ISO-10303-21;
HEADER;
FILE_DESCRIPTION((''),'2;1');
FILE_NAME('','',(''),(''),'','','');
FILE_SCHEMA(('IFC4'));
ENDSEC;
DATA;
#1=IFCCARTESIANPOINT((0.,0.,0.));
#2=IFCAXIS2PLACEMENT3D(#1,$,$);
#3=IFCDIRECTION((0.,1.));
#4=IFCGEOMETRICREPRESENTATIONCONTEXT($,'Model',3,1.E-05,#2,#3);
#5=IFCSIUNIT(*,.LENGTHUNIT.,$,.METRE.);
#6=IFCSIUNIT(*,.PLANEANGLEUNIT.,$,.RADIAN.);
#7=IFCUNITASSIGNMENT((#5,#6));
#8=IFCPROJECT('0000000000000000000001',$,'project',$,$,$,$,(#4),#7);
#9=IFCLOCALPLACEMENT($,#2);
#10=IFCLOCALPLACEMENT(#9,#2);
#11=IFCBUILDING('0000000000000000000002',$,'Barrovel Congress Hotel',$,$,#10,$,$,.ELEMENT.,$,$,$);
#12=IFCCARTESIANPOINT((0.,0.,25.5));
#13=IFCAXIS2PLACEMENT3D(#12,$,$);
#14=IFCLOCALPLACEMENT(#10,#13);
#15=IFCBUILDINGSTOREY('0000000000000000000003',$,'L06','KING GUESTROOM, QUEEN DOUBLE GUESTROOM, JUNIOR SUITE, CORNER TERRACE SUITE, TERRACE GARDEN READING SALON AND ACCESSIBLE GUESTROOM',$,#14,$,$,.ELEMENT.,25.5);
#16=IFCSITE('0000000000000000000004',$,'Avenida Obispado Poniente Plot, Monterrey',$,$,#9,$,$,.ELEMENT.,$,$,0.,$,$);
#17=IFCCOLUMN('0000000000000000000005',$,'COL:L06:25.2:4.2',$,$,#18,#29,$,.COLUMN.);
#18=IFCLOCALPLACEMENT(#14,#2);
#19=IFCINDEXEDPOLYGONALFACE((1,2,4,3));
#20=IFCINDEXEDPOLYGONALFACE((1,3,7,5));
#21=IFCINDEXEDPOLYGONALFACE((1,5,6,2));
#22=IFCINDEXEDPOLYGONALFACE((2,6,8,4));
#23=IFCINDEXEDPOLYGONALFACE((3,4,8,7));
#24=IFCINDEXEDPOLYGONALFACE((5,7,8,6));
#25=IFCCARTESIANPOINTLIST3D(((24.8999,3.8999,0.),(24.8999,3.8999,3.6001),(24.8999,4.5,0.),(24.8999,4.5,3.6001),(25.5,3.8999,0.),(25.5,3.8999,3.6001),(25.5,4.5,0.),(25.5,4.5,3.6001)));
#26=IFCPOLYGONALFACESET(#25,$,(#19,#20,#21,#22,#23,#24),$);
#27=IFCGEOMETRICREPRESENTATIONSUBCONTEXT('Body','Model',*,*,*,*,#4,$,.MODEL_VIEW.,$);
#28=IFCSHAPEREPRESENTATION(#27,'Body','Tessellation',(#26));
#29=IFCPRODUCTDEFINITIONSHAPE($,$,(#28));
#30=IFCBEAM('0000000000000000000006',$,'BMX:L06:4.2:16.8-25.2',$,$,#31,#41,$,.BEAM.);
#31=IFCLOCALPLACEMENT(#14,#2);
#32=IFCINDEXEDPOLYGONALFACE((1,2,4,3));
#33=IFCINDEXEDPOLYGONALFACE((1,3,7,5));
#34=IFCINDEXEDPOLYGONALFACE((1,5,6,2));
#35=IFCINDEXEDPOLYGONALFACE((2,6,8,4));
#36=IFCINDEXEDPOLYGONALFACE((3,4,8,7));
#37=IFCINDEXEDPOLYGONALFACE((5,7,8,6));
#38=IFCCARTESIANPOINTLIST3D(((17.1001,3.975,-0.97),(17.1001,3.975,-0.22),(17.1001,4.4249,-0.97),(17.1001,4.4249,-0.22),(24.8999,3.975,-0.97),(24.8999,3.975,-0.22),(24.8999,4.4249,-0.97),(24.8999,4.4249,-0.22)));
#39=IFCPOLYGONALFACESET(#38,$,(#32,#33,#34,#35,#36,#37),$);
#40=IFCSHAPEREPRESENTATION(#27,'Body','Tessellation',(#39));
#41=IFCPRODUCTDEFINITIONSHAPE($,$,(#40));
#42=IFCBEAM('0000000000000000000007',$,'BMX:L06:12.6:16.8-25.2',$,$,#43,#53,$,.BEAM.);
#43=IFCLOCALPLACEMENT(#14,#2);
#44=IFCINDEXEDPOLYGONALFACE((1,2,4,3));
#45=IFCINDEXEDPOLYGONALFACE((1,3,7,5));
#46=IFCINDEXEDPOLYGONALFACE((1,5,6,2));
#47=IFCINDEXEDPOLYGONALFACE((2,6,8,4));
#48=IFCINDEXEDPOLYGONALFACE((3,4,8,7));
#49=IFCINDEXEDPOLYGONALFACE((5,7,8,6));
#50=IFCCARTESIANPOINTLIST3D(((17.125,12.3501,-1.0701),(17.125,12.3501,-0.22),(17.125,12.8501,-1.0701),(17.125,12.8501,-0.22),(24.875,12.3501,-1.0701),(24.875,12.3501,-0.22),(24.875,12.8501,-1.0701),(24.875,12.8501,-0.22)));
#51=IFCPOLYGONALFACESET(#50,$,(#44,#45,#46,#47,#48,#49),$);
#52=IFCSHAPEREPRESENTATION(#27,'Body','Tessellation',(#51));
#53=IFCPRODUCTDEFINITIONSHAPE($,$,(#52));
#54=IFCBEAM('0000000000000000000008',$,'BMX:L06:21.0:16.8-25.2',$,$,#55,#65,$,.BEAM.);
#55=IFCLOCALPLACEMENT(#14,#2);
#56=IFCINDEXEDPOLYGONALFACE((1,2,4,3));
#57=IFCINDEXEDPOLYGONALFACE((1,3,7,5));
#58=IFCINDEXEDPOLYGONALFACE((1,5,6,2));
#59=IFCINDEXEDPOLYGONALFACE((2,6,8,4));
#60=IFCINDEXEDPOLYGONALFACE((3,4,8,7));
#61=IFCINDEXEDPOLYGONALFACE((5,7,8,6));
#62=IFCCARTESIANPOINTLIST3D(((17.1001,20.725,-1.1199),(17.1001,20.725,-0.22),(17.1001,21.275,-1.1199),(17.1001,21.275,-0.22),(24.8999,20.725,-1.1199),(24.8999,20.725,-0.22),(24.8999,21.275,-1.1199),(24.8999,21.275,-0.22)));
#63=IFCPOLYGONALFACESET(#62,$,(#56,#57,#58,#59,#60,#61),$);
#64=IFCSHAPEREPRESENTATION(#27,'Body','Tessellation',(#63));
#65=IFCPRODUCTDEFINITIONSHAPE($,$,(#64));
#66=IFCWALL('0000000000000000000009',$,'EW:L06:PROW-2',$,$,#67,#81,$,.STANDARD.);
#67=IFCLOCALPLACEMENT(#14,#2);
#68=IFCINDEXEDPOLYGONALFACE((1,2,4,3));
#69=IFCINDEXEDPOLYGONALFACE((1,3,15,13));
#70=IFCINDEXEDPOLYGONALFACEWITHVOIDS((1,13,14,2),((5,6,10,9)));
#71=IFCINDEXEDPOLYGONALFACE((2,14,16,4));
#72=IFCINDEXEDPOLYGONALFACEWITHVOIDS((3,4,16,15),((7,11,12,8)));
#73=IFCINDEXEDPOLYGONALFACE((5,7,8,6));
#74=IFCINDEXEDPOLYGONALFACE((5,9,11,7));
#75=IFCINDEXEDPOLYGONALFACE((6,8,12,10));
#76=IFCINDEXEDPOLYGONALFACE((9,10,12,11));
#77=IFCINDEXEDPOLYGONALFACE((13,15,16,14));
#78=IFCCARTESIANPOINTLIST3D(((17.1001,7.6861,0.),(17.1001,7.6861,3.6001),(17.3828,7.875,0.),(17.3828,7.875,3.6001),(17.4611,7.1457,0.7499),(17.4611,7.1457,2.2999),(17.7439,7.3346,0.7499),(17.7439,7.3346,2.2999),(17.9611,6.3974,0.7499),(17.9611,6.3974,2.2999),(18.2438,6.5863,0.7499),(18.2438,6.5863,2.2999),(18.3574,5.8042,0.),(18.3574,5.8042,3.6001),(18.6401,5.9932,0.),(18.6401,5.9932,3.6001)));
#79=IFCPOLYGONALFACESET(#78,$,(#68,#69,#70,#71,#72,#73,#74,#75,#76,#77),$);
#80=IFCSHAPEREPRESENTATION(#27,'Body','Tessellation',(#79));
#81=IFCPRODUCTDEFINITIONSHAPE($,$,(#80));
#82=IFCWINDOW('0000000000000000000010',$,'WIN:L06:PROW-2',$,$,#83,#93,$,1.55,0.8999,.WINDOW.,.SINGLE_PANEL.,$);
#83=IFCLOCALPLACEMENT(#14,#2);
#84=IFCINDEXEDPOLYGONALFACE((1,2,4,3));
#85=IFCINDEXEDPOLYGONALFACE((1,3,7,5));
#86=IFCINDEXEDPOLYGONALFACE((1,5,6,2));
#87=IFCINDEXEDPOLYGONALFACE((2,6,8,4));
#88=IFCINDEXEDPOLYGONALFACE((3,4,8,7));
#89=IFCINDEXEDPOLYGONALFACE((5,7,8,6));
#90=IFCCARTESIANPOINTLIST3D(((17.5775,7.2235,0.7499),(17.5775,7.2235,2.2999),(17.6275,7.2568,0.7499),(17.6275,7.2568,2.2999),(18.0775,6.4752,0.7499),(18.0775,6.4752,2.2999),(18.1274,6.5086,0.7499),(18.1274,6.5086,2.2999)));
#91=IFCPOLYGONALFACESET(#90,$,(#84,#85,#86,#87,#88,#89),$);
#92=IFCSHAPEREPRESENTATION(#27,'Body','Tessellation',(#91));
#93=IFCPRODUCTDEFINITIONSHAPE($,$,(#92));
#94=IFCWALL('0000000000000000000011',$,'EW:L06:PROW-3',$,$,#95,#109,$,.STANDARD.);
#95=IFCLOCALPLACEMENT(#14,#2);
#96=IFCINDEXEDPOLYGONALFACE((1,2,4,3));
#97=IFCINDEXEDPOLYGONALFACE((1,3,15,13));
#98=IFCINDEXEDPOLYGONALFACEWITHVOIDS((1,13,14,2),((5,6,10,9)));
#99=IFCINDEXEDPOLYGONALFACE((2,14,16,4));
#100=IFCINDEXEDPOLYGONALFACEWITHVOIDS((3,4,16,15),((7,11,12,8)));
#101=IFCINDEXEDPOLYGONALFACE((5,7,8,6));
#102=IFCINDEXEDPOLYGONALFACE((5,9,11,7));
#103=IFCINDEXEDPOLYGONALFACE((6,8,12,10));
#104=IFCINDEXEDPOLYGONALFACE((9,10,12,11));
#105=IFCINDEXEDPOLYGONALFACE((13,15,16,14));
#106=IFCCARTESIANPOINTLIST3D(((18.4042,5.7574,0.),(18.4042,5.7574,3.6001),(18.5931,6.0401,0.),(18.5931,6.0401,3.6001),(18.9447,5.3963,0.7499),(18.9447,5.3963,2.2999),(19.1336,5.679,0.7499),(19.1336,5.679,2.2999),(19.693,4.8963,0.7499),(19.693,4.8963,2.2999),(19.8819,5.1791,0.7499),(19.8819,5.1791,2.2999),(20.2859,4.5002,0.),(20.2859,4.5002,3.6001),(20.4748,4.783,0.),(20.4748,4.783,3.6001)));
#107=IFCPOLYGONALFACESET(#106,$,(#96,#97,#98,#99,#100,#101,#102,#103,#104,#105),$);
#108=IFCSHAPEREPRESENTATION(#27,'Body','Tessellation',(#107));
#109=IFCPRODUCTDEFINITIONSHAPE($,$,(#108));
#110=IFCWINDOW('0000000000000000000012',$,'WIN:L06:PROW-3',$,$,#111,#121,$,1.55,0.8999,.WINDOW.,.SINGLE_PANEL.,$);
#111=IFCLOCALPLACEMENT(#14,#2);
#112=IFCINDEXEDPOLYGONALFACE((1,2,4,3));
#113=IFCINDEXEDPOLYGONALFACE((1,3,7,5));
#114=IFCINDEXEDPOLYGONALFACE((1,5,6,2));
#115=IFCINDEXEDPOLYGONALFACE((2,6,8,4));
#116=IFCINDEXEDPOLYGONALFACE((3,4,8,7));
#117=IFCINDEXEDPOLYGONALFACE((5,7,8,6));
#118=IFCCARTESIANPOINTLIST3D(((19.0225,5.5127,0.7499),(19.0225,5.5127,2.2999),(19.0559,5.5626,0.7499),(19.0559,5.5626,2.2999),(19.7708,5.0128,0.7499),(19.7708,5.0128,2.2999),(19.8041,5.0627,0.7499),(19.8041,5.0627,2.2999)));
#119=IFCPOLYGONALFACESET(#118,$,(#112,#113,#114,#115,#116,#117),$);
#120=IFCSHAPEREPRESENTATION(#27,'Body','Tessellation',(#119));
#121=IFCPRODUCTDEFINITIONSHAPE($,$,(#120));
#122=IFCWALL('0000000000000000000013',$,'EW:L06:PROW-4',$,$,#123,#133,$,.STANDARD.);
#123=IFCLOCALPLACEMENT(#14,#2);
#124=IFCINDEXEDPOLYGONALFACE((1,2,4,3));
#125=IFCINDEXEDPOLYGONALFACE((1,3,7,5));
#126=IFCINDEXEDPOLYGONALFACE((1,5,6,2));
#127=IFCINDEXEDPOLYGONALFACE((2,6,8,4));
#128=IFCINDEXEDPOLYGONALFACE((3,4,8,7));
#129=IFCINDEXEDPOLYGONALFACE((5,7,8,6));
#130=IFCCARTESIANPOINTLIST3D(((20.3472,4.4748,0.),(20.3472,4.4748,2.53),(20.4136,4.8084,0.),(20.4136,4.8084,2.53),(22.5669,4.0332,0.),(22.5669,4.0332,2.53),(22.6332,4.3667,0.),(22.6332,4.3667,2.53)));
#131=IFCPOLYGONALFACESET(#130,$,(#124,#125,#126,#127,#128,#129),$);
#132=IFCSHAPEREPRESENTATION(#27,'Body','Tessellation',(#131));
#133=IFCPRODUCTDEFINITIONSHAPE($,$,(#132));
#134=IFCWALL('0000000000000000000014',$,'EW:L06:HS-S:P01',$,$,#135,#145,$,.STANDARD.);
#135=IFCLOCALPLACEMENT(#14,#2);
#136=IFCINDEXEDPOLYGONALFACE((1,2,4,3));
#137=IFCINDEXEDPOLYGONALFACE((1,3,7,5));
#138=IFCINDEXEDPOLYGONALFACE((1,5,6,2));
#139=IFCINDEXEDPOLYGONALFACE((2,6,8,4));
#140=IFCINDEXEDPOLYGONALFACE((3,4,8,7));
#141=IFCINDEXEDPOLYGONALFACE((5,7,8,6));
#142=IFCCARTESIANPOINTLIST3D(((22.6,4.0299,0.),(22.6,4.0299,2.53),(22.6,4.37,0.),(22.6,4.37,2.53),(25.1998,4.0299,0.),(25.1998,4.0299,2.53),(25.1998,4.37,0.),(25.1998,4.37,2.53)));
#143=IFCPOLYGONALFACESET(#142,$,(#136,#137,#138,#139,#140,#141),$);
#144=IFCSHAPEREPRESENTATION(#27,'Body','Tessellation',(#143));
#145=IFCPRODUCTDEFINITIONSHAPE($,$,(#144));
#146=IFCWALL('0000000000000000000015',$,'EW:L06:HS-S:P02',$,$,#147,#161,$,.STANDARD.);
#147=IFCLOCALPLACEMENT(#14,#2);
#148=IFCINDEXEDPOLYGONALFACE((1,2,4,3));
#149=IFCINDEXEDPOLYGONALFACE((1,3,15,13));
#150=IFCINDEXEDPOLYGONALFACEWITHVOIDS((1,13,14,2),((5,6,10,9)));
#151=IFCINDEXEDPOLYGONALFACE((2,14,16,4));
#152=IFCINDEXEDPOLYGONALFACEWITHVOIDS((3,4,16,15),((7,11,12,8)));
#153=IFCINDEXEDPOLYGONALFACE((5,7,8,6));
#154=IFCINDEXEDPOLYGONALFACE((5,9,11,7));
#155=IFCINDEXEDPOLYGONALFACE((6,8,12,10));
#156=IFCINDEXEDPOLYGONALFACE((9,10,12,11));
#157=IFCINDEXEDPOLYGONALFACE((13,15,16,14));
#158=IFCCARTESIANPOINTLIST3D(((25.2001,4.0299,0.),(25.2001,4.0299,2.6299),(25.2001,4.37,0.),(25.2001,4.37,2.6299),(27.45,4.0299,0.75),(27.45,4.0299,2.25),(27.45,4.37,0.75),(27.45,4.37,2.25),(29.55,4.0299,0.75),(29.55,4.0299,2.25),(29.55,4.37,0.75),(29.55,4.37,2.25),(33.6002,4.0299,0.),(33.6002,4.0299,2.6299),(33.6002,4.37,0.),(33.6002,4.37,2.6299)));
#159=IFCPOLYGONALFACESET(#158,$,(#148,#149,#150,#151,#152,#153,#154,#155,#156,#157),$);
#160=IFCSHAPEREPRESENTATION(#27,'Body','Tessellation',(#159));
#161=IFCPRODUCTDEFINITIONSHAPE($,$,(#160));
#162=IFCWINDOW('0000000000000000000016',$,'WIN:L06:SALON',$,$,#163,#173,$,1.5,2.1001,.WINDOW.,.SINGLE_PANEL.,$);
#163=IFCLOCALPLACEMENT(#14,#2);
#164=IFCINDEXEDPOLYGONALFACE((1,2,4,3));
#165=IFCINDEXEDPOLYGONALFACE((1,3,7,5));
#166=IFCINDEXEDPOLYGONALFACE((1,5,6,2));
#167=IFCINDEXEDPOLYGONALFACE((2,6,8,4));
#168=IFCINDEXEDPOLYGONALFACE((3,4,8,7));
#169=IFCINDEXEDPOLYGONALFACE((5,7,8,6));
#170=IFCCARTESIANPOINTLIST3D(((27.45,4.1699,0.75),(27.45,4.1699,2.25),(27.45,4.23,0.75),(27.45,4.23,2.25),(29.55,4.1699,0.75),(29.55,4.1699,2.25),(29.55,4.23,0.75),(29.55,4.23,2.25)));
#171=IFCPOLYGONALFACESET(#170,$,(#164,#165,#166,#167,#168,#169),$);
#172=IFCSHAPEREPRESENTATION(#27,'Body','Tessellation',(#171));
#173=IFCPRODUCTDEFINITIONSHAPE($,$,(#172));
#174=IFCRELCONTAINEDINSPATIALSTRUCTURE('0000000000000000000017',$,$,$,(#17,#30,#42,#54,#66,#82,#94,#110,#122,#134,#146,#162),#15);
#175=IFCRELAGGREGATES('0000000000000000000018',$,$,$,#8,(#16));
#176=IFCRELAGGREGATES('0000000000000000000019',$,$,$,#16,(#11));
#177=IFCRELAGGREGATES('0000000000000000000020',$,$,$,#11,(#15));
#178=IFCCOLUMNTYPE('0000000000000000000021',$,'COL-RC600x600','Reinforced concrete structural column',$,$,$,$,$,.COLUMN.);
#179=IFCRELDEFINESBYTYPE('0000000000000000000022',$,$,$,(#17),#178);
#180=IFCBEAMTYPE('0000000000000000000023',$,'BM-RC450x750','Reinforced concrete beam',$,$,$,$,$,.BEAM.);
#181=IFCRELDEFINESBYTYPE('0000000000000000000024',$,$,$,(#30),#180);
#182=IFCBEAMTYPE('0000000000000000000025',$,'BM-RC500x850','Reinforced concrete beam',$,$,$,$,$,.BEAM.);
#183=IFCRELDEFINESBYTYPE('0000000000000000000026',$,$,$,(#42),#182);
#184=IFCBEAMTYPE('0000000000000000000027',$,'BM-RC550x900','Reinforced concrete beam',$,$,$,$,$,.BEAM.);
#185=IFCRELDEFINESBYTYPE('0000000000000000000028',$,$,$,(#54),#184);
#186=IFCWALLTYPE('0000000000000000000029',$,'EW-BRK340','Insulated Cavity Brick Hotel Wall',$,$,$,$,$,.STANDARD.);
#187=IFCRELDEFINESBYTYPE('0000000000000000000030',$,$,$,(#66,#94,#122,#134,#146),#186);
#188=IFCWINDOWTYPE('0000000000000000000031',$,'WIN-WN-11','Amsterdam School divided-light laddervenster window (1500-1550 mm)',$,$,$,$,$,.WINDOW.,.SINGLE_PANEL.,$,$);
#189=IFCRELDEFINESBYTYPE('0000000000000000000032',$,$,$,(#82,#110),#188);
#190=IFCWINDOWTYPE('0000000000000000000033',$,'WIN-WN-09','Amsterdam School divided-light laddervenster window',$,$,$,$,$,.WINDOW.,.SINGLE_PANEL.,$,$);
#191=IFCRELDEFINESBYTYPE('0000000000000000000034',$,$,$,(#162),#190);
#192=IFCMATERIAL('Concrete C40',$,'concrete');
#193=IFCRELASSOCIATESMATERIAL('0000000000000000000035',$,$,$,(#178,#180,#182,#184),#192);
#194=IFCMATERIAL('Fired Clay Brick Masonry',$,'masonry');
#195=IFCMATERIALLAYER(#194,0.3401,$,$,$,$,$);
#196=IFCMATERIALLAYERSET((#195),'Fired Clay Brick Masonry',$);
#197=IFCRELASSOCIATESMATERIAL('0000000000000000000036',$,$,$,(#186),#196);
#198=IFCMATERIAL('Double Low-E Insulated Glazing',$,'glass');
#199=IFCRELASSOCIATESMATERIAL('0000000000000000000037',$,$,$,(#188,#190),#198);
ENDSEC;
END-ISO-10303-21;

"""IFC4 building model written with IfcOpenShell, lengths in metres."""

from ifc_helpers import new_model, si_unit, direction, frame, frame_2d, origin, origin_2d, place, context, subcontext, project, spatial, rectangle, extrude, material, layer, layer_set, material_profile, profile_set, type_object, element, fill, save


model = new_model("IFC4")

# Units and contexts
model_context = context("Model", 3, precision=1e-05, world=origin(), true_north=direction((0.0, 1.0)))
body_context = subcontext(model_context, "Body", "Model", "MODEL_VIEW")
ifc_project = project(units=[si_unit("LENGTHUNIT", "METRE"), si_unit("PLANEANGLEUNIT", "RADIAN")], contexts=[model_context])

# Site, building, storey
site_placement = place(None, origin())
site = spatial("IfcSite", under=ifc_project, at=site_placement, Name="Avenida Obispado Poniente Plot, Monterrey", CompositionType="ELEMENT", RefElevation=0.0)
building_placement = place(site_placement, origin())
building = spatial("IfcBuilding", under=site, at=building_placement, Name="Barrovel Congress Hotel", CompositionType="ELEMENT")
storey_placement = place(building_placement, frame((0.0, 0.0, 25.5)))
storey = spatial("IfcBuildingStorey", under=building, at=storey_placement, Name="L06", Description="KING GUESTROOM, QUEEN DOUBLE GUESTROOM, JUNIOR SUITE, CORNER TERRACE SUITE, TERRACE GARDEN READING SALON AND ACCESSIBLE GUESTROOM", CompositionType="ELEMENT", Elevation=25.5)

# Column
ifc_material_1 = material(Name="Concrete C40", Category="concrete")
ifc_material_profile_1 = material_profile(ifc_material_1, rectangle(XDim=0.6001, YDim=0.6001, at=origin_2d()), Name="RC600x600")
ifc_profile_set_1 = profile_set([ifc_material_profile_1], Name="Concrete C40")
column_type = type_object("IfcColumnType", Name="COL-RC600x600", Description="Reinforced concrete structural column", PredefinedType="COLUMN", material=ifc_profile_set_1)
column_placement = place(storey_placement, frame((25.2, 4.2, 0.0), z_axis=(0.0, 0.0, 1.0), x_axis=(1.0, 0.0, 0.0)))
element("IfcColumn", 1, at=column_placement, inside=storey, type_object=column_type, Name="COL:L06:25.2:4.2", PredefinedType="COLUMN", context=body_context, shape_type="SweptSolid", body=[
    extrude(rectangle(XDim=0.6001, YDim=0.6001, at=origin_2d()), origin(), (0.0, 0.0, 1.0), 3.6001),
])

# Beams
ifc_material_profile_2 = material_profile(ifc_material_1, rectangle(XDim=0.45, YDim=0.75, at=origin_2d()), Name="RC450x750")
ifc_profile_set_2 = profile_set([ifc_material_profile_2], Name="Concrete C40")
beam_type_1 = type_object("IfcBeamType", Name="BM-RC450x750", Description="Reinforced concrete beam", PredefinedType="BEAM", material=ifc_profile_set_2)
beam_1_placement = place(storey_placement, frame((17.1001, 4.2, -0.595), z_axis=(1.0, 0.0, 0.0), x_axis=(0.0, 1.0, 0.0)))
element("IfcBeam", 2, at=beam_1_placement, inside=storey, type_object=beam_type_1, Name="BMX:L06:4.2:16.8-25.2", PredefinedType="BEAM", context=body_context, shape_type="SweptSolid", body=[
    extrude(rectangle(XDim=0.45, YDim=0.75, at=origin_2d()), origin(), (0.0, 0.0, 1.0), 7.7998),
])
ifc_material_profile_3 = material_profile(ifc_material_1, rectangle(XDim=0.5, YDim=0.8501, at=origin_2d()), Name="RC500x850")
ifc_profile_set_3 = profile_set([ifc_material_profile_3], Name="Concrete C40")
beam_type_2 = type_object("IfcBeamType", Name="BM-RC500x850", Description="Reinforced concrete beam", PredefinedType="BEAM", material=ifc_profile_set_3)
beam_2_placement = place(storey_placement, frame((17.125, 12.6001, -0.645), z_axis=(1.0, 0.0, 0.0), x_axis=(0.0, 1.0, 0.0)))
element("IfcBeam", 3, at=beam_2_placement, inside=storey, type_object=beam_type_2, Name="BMX:L06:12.6:16.8-25.2", PredefinedType="BEAM", context=body_context, shape_type="SweptSolid", body=[
    extrude(rectangle(XDim=0.5, YDim=0.8501, at=origin_2d()), origin(), (0.0, 0.0, 1.0), 7.75),
])
ifc_material_profile_4 = material_profile(ifc_material_1, rectangle(XDim=0.55, YDim=0.8999, at=origin_2d()), Name="RC550x900")
ifc_profile_set_4 = profile_set([ifc_material_profile_4], Name="Concrete C40")
beam_type_3 = type_object("IfcBeamType", Name="BM-RC550x900", Description="Reinforced concrete beam", PredefinedType="BEAM", material=ifc_profile_set_4)
beam_3_placement = place(storey_placement, frame((17.1001, 21.0, -0.6699), z_axis=(1.0, 0.0, 0.0), x_axis=(0.0, 1.0, 0.0)))
element("IfcBeam", 4, at=beam_3_placement, inside=storey, type_object=beam_type_3, Name="BMX:L06:21.0:16.8-25.2", PredefinedType="BEAM", context=body_context, shape_type="SweptSolid", body=[
    extrude(rectangle(XDim=0.55, YDim=0.8999, at=origin_2d()), origin(), (0.0, 0.0, 1.0), 7.7998),
])

# Walls, openings, windows
ifc_material_2 = material(Name="Fired Clay Brick Masonry", Category="masonry")
ifc_layer_1 = layer(ifc_material_2, 0.3401)
ifc_layer_set_1 = layer_set([ifc_layer_1], Name="Fired Clay Brick Masonry")
wall_type_1 = type_object("IfcWallType", Name="EW-BRK340", Description="Insulated Cavity Brick Hotel Wall", PredefinedType="STANDARD", material=ifc_layer_set_1)
wall_1_placement = place(storey_placement, frame((17.2415, 7.7805, 0.0), z_axis=(0.0, 0.0, 1.0), x_axis=(0.555546, -0.831486, 0.0)))
wall_1 = element("IfcWall", 5, at=wall_1_placement, inside=storey, type_object=wall_type_1, Name="EW:L06:PROW-2", PredefinedType="STANDARD", context=body_context, shape_type="SweptSolid", body=[
    extrude(rectangle(XDim=2.2632, YDim=0.3401, at=frame_2d((1.1316, 0.0))), origin(), (0.0, 0.0, 1.0), 3.6001),
])
opening_1_placement = place(wall_1_placement, frame((0.6499, 0.0, 0.75)))
opening_1 = element("IfcOpeningElement", 6, at=opening_1_placement, cuts=wall_1, PredefinedType="OPENING", context=body_context, shape_type="SweptSolid", body=[
    extrude(rectangle(XDim=0.8999, YDim=1.55, at=frame_2d((0.45, 0.7749))), frame((0.0, 0.1802, 0.0), z_axis=(0.0, -1.0, 0.0), x_axis=(1.0, 0.0, 0.0)), (0.0, 0.0, 1.0), 0.3601),
])
ifc_material_3 = material(Name="Double Low-E Insulated Glazing", Category="glass")
window_type_1 = type_object("IfcWindowType", Name="WIN-WN-11", Description="Amsterdam School divided-light laddervenster window (1500-1550 mm)", PartitioningType="SINGLE_PANEL", PredefinedType="WINDOW", material=ifc_material_3)
window_1_placement = place(opening_1_placement, origin())
window_1 = element("IfcWindow", 7, at=window_1_placement, inside=storey, type_object=window_type_1, Name="WIN:L06:PROW-2", OverallHeight=1.55, OverallWidth=0.8999, PartitioningType="SINGLE_PANEL", PredefinedType="WINDOW", context=body_context, shape_type="SweptSolid", body=[
    extrude(rectangle(XDim=0.8999, YDim=1.55, at=frame_2d((0.45, 0.7749))), frame((0.0, 0.03, 0.0), z_axis=(0.0, -1.0, 0.0), x_axis=(1.0, 0.0, 0.0)), (0.0, 0.0, 1.0), 0.0601),
])
fill(opening_1, window_1)
wall_2_placement = place(storey_placement, frame((18.4988, 5.8987, 0.0), z_axis=(0.0, 0.0, 1.0), x_axis=(0.831502, -0.555522, 0.0)))
wall_2 = element("IfcWall", 8, at=wall_2_placement, inside=storey, type_object=wall_type_1, Name="EW:L06:PROW-3", PredefinedType="STANDARD", context=body_context, shape_type="SweptSolid", body=[
    extrude(rectangle(XDim=2.2629, YDim=0.3401, at=frame_2d((1.1313, 0.0))), origin(), (0.0, 0.0, 1.0), 3.6001),
])
opening_2_placement = place(wall_2_placement, frame((0.6499, 0.0, 0.75)))
opening_2 = element("IfcOpeningElement", 9, at=opening_2_placement, cuts=wall_2, PredefinedType="OPENING", context=body_context, shape_type="SweptSolid", body=[
    extrude(rectangle(XDim=0.8999, YDim=1.55, at=frame_2d((0.45, 0.7749))), frame((0.0, 0.1802, 0.0), z_axis=(0.0, -1.0, 0.0), x_axis=(1.0, 0.0, 0.0)), (0.0, 0.0, 1.0), 0.3601),
])
window_2_placement = place(opening_2_placement, origin())
window_2 = element("IfcWindow", 10, at=window_2_placement, inside=storey, type_object=window_type_1, Name="WIN:L06:PROW-3", OverallHeight=1.55, OverallWidth=0.8999, PartitioningType="SINGLE_PANEL", PredefinedType="WINDOW", context=body_context, shape_type="SweptSolid", body=[
    extrude(rectangle(XDim=0.8999, YDim=1.55, at=frame_2d((0.45, 0.7749))), frame((0.0, 0.03, 0.0), z_axis=(0.0, -1.0, 0.0), x_axis=(1.0, 0.0, 0.0)), (0.0, 0.0, 1.0), 0.0601),
])
fill(opening_2, window_2)

# Walls
wall_3_placement = place(storey_placement, frame((20.3804, 4.6416, 0.0), z_axis=(0.0, 0.0, 1.0), x_axis=(0.980775, -0.195141, 0.0)))
element("IfcWall", 11, at=wall_3_placement, inside=storey, type_object=wall_type_1, Name="EW:L06:PROW-4", PredefinedType="STANDARD", context=body_context, shape_type="SweptSolid", body=[
    extrude(rectangle(XDim=2.2632, YDim=0.3401, at=frame_2d((1.1316, 0.0))), origin(), (0.0, 0.0, 1.0), 2.53),
])
wall_4_placement = place(storey_placement, frame((22.6001, 4.2, 0.0), z_axis=(0.0, 0.0, 1.0), x_axis=(1.0, 0.0, 0.0)))
element("IfcWall", 12, at=wall_4_placement, inside=storey, type_object=wall_type_1, Name="EW:L06:HS-S:P01", PredefinedType="STANDARD", context=body_context, shape_type="SweptSolid", body=[
    extrude(rectangle(XDim=2.5999, YDim=0.3401, at=frame_2d((1.2998, 0.0))), origin(), (0.0, 0.0, 1.0), 2.53),
])

# Wall, opening, window
wall_5_placement = place(storey_placement, frame((25.2, 4.2, 0.0), z_axis=(0.0, 0.0, 1.0), x_axis=(1.0, 0.0, 0.0)))
wall_5 = element("IfcWall", 13, at=wall_5_placement, inside=storey, type_object=wall_type_1, Name="EW:L06:HS-S:P02", PredefinedType="STANDARD", context=body_context, shape_type="SweptSolid", body=[
    extrude(rectangle(XDim=8.4001, YDim=0.3401, at=frame_2d((4.2002, 0.0))), origin(), (0.0, 0.0, 1.0), 2.6299),
])
opening_3_placement = place(wall_5_placement, frame((2.25, 0.0, 0.75)))
opening_3 = element("IfcOpeningElement", 14, at=opening_3_placement, cuts=wall_5, PredefinedType="OPENING", context=body_context, shape_type="SweptSolid", body=[
    extrude(rectangle(XDim=2.1001, YDim=1.5, at=frame_2d((1.05, 0.75))), frame((0.0, 0.1802, 0.0), z_axis=(0.0, -1.0, 0.0), x_axis=(1.0, 0.0, 0.0)), (0.0, 0.0, 1.0), 0.3601),
])
window_type_2 = type_object("IfcWindowType", Name="WIN-WN-09", Description="Amsterdam School divided-light laddervenster window", PartitioningType="SINGLE_PANEL", PredefinedType="WINDOW", material=ifc_material_3)
window_3_placement = place(opening_3_placement, origin())
window_3 = element("IfcWindow", 15, at=window_3_placement, inside=storey, type_object=window_type_2, Name="WIN:L06:SALON", OverallHeight=1.5, OverallWidth=2.1001, PartitioningType="SINGLE_PANEL", PredefinedType="WINDOW", context=body_context, shape_type="SweptSolid", body=[
    extrude(rectangle(XDim=2.1001, YDim=1.5, at=frame_2d((1.05, 0.75))), frame((0.0, 0.03, 0.0), z_axis=(0.0, -1.0, 0.0), x_axis=(1.0, 0.0, 0.0)), (0.0, 0.0, 1.0), 0.0601),
])
fill(opening_3, window_3)

save(model, "model.ifc")
